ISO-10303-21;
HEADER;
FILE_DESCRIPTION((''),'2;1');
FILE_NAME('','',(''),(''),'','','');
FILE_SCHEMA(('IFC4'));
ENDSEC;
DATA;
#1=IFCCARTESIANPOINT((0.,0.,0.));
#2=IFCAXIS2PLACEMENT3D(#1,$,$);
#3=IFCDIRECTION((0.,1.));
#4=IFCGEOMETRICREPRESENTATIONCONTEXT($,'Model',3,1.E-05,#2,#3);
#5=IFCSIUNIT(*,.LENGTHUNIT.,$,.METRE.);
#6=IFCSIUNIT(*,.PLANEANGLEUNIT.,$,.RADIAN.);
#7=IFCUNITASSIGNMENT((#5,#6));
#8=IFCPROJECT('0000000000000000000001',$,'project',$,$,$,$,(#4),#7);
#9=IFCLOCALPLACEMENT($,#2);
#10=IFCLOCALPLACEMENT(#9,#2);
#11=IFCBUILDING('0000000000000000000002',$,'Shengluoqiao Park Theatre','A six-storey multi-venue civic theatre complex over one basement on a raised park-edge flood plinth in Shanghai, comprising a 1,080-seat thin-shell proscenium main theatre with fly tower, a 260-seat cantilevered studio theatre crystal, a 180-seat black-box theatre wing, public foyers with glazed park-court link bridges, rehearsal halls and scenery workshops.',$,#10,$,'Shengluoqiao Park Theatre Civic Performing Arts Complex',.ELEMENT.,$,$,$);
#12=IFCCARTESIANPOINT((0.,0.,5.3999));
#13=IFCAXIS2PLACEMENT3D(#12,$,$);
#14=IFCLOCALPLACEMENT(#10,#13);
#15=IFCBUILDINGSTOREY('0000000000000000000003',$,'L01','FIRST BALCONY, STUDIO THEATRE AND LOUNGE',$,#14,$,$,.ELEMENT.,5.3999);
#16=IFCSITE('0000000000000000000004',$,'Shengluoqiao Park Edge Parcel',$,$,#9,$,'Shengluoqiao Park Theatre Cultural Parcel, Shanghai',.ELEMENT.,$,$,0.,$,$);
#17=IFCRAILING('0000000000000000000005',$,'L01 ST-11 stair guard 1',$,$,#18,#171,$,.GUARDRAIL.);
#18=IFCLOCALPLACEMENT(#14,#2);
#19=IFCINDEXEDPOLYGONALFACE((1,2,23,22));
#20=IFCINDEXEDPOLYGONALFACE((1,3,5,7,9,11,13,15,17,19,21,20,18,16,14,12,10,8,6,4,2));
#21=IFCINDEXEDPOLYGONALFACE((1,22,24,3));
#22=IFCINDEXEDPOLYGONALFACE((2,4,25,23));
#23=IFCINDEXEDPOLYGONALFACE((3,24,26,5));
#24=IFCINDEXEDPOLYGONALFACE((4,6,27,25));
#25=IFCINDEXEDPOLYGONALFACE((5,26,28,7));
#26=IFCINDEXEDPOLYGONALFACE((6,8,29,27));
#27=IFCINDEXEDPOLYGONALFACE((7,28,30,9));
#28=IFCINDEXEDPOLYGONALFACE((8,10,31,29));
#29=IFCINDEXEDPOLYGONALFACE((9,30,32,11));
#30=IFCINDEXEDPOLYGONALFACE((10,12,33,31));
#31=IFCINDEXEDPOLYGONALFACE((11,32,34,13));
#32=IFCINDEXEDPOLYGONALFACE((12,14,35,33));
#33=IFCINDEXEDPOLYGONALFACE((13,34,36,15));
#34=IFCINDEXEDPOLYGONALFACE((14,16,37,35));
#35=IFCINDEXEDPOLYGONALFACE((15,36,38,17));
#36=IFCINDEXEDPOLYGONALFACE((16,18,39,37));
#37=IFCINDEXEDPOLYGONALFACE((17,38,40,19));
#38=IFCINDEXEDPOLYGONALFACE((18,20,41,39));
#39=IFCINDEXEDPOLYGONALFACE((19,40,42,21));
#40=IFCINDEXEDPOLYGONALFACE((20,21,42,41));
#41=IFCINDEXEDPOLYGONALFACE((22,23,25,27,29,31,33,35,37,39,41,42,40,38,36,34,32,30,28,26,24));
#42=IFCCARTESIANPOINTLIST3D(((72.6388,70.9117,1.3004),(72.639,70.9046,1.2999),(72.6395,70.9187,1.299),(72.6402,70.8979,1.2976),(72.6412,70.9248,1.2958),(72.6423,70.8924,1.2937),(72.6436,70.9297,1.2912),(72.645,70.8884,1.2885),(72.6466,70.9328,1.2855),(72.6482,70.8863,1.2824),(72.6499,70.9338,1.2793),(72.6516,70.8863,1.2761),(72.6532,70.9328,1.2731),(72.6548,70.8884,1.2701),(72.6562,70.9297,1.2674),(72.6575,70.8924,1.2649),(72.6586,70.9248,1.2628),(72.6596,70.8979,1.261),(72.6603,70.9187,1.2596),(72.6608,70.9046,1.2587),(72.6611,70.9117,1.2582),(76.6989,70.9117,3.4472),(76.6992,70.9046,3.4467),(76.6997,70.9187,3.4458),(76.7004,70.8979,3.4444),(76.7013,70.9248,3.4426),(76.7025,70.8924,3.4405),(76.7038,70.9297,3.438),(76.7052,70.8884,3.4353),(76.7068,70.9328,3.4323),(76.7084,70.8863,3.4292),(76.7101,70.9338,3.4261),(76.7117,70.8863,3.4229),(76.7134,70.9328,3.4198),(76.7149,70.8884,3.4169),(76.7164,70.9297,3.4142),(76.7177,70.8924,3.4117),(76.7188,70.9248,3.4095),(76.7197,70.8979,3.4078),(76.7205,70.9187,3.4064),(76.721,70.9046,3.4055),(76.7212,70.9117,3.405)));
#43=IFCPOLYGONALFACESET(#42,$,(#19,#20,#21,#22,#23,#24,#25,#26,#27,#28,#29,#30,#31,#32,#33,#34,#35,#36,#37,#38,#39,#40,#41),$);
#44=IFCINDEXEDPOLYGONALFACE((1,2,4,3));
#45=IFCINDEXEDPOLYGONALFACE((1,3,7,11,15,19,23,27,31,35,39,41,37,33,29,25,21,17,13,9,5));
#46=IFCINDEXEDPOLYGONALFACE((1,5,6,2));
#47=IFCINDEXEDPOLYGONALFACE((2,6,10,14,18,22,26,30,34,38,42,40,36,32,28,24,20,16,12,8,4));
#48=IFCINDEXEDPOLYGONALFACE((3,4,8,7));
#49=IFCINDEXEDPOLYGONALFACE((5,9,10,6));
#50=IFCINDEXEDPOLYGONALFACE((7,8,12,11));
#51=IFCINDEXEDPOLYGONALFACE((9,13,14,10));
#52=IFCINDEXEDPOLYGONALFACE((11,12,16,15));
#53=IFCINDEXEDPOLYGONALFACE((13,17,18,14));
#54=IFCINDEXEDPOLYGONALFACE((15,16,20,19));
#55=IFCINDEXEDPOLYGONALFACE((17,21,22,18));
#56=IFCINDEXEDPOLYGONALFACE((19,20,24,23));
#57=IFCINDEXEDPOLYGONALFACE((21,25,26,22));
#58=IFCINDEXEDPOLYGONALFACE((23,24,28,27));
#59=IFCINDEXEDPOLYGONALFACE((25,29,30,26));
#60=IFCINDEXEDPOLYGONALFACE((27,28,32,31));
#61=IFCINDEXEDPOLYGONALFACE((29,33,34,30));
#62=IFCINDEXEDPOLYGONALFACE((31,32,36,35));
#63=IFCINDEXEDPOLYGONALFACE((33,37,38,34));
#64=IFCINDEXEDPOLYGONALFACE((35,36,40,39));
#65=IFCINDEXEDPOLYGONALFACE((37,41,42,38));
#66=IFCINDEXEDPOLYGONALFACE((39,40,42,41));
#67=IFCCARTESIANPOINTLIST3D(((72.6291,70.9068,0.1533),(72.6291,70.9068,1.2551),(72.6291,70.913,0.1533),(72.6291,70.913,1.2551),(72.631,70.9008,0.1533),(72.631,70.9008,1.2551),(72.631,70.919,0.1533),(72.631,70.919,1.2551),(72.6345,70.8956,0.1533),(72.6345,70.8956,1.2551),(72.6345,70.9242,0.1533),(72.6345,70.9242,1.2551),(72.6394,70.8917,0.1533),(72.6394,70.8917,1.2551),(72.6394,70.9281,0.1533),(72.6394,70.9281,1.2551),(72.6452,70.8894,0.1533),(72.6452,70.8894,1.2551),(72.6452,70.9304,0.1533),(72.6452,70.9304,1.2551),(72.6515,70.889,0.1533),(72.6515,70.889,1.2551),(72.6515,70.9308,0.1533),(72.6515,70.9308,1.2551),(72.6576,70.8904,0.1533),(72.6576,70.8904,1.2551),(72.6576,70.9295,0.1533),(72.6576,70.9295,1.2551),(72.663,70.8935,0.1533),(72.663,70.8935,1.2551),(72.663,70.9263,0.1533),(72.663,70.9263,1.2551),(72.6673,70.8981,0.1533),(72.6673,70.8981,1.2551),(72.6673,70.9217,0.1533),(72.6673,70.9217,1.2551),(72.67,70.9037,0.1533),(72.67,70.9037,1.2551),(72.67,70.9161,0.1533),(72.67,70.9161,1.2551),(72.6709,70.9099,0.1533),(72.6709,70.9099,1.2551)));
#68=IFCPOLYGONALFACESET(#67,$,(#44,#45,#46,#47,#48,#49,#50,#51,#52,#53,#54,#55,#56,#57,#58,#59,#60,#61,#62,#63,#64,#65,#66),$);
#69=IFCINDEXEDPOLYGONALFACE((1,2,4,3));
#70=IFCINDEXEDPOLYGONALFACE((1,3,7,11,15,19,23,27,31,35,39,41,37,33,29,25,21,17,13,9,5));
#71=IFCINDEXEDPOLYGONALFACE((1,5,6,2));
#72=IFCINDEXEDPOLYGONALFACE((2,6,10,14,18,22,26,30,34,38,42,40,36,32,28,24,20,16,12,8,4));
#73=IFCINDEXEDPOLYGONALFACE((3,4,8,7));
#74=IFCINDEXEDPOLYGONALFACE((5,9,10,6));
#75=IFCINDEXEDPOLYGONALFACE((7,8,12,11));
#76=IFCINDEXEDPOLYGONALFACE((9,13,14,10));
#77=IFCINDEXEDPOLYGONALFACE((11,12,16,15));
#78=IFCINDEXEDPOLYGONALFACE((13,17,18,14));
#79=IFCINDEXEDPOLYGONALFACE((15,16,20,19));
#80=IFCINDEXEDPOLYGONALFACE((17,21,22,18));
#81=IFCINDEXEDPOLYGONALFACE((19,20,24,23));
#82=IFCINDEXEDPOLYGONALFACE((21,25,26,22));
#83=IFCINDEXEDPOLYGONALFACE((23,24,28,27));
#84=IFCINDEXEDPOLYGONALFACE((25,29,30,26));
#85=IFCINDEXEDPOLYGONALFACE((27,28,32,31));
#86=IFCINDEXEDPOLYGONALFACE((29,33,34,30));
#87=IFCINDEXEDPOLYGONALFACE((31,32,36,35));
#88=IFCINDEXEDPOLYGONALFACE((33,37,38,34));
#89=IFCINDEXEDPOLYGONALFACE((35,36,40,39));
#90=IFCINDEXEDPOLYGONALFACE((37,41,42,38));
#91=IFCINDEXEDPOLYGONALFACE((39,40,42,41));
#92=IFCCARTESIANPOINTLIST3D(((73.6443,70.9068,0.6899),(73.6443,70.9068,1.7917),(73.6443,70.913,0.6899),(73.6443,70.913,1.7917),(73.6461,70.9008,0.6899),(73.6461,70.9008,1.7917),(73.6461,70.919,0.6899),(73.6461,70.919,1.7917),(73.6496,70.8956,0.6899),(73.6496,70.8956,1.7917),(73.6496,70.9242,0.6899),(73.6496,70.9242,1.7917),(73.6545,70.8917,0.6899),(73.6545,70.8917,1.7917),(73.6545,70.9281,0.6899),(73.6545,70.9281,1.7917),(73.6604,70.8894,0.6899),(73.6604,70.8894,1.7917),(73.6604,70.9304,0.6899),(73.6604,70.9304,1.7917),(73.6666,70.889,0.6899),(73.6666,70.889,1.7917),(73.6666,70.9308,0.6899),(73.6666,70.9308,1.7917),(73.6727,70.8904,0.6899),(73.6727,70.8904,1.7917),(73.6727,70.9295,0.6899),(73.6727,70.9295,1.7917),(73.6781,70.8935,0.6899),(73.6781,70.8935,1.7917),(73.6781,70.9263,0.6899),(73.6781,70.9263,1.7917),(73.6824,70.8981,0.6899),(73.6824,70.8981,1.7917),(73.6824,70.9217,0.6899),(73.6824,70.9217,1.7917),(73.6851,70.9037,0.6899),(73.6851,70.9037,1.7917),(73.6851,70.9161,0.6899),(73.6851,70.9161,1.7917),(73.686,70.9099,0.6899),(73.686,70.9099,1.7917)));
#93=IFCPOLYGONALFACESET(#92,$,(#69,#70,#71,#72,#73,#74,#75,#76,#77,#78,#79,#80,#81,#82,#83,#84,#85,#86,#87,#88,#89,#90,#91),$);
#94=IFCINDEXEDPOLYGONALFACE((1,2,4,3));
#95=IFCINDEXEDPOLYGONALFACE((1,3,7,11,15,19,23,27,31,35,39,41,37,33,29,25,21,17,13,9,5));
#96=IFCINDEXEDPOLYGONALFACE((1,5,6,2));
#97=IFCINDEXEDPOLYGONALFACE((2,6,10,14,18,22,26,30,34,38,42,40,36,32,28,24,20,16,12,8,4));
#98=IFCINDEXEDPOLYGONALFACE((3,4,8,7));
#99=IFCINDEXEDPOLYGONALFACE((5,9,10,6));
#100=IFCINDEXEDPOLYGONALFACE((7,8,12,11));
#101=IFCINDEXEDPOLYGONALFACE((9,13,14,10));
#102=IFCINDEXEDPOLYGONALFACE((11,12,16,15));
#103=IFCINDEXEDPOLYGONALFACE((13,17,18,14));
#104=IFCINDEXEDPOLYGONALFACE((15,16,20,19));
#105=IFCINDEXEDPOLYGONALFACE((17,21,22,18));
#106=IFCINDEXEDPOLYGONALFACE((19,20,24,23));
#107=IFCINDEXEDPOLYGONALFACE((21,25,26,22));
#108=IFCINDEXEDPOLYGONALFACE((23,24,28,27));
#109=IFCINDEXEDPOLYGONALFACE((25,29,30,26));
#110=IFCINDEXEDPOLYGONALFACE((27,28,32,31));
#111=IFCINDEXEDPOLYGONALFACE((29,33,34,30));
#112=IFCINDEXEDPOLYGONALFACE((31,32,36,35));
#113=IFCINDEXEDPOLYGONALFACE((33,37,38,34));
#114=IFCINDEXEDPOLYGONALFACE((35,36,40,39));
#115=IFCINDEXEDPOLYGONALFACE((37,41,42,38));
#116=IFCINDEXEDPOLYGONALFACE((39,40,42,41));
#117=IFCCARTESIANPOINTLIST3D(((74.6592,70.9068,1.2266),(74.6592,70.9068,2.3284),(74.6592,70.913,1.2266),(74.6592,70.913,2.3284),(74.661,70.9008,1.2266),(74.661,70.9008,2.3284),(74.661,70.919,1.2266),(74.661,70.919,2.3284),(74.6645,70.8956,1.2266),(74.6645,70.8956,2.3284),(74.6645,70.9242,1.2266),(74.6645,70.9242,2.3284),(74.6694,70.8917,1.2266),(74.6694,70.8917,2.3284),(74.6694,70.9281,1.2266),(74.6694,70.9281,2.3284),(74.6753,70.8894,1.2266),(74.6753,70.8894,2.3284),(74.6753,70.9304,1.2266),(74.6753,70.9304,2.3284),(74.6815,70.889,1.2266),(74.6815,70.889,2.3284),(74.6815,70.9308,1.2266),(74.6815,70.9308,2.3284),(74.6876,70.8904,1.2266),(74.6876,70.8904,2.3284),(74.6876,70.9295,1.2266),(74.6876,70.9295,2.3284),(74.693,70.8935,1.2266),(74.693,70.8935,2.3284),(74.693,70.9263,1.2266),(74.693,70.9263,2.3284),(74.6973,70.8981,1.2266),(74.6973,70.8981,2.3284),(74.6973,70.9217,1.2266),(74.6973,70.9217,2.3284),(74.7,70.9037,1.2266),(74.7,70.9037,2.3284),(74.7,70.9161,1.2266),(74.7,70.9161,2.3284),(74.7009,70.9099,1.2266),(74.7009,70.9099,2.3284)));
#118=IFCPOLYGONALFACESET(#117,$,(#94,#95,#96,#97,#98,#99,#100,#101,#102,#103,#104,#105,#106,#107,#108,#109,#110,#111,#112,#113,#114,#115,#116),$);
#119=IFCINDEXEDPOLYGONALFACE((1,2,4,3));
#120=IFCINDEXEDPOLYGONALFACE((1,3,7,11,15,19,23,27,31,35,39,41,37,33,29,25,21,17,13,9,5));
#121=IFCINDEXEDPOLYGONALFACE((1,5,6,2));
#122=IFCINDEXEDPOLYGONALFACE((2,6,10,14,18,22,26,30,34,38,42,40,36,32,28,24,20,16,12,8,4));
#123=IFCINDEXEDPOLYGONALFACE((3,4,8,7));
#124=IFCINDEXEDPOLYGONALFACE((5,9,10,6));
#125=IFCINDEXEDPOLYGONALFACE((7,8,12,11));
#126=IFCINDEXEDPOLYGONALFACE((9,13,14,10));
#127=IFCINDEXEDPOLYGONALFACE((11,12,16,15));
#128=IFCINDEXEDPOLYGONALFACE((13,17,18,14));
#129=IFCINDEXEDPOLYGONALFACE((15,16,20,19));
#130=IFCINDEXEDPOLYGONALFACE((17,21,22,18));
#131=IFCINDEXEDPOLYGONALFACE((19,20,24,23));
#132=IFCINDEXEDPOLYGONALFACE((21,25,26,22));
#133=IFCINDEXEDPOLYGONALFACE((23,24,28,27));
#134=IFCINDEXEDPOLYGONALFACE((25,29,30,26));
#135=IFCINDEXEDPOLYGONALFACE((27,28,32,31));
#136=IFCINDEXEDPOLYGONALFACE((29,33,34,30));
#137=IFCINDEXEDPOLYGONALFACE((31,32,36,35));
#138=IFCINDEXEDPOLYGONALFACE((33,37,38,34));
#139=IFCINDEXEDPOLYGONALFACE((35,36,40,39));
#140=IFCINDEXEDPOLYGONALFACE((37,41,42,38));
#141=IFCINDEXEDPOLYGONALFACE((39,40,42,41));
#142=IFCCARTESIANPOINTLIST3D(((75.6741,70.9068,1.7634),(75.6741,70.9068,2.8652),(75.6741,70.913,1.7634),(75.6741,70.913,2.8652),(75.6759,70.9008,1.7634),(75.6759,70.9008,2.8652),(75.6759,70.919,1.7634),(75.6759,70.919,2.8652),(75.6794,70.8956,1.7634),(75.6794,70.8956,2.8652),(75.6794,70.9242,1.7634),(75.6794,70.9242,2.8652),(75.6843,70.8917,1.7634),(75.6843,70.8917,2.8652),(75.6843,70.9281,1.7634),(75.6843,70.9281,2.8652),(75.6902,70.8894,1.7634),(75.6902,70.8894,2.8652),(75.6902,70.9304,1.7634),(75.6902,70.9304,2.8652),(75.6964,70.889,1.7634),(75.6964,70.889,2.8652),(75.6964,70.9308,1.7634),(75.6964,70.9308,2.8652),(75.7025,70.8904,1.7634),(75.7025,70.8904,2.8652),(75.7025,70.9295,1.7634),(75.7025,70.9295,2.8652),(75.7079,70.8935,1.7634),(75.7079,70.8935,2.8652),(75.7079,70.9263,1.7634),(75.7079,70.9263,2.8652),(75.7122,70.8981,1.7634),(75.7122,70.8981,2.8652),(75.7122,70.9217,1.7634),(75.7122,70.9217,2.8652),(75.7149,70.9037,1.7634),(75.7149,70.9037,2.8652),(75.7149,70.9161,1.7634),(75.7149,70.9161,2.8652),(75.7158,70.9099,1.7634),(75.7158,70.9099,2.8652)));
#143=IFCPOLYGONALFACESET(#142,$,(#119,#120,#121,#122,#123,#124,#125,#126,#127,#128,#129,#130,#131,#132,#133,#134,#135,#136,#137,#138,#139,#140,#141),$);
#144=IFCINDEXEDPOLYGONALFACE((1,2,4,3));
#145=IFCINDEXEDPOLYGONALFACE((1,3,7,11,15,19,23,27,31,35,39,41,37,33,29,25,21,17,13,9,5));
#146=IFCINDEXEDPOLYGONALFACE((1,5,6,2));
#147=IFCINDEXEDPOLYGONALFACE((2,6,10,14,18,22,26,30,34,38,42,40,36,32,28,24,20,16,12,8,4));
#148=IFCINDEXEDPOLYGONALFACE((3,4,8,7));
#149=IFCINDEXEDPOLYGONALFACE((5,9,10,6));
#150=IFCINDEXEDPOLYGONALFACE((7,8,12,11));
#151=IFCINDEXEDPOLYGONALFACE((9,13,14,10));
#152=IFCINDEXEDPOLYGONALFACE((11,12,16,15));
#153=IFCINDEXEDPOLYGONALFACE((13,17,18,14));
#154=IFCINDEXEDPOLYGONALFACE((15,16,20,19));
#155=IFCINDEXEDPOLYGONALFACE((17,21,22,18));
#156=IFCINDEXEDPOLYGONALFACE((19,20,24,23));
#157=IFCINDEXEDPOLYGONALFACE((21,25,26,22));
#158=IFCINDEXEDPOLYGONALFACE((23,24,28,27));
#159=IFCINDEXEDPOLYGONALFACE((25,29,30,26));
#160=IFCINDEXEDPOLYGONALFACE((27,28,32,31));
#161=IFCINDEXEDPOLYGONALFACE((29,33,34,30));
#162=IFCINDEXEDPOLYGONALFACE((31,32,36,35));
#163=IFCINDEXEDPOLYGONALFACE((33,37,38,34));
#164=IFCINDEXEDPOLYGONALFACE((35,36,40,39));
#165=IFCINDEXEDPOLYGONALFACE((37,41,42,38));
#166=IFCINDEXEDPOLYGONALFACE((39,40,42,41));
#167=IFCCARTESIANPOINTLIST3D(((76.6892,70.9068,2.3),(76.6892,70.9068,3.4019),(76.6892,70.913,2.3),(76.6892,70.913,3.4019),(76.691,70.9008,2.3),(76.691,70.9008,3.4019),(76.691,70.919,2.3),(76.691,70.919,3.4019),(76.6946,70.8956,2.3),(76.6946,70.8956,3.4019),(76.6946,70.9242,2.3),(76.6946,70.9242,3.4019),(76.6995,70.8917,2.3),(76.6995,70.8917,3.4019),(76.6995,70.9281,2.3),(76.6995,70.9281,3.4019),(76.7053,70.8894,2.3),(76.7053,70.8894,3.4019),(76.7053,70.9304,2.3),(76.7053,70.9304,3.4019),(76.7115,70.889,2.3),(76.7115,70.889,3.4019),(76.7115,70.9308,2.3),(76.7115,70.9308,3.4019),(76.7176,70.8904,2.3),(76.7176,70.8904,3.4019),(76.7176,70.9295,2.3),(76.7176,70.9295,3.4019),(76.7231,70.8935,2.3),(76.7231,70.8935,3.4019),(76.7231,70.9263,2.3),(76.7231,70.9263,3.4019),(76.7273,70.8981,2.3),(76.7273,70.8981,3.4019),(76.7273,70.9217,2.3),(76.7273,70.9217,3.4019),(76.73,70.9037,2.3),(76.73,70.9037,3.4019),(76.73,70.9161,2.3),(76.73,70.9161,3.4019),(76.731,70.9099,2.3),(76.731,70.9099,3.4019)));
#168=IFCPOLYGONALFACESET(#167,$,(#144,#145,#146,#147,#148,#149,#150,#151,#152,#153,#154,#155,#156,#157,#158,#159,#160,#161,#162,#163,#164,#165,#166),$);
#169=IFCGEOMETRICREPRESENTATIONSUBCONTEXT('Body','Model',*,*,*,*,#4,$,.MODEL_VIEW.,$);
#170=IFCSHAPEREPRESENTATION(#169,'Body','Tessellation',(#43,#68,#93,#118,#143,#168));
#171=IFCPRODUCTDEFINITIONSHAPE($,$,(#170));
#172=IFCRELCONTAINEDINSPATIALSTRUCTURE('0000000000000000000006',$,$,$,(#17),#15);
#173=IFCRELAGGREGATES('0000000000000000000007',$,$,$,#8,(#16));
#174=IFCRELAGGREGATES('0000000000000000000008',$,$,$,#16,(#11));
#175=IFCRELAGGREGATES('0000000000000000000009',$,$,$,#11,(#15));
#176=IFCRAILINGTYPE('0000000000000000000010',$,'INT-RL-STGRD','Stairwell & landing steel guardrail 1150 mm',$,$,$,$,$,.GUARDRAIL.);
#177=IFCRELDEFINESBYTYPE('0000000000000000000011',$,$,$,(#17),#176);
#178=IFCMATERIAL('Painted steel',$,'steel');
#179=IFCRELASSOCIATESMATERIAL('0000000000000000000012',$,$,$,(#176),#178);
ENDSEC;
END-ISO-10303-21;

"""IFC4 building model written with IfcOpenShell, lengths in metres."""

from ifc_helpers import new_model, si_unit, direction, frame, origin, origin_2d, place, context, subcontext, project, spatial, circle, extrude, material, type_object, element, save


model = new_model("IFC4")

# Units and contexts
model_context = context("Model", 3, precision=1e-05, world=origin(), true_north=direction((0.0, 1.0)))
body_context = subcontext(model_context, "Body", "Model", "MODEL_VIEW")
ifc_project = project(units=[si_unit("LENGTHUNIT", "METRE"), si_unit("PLANEANGLEUNIT", "RADIAN")], contexts=[model_context])

# Site, building, storey
site_placement = place(None, origin())
site = spatial("IfcSite", under=ifc_project, at=site_placement, Name="Shengluoqiao Park Edge Parcel", LongName="Shengluoqiao Park Theatre Cultural Parcel, Shanghai", CompositionType="ELEMENT", RefElevation=0.0)
building_placement = place(site_placement, origin())
building = spatial("IfcBuilding", under=site, at=building_placement, Name="Shengluoqiao Park Theatre", Description="A six-storey multi-venue civic theatre complex over one basement on a raised park-edge flood plinth in Shanghai, comprising a 1,080-seat thin-shell proscenium main theatre with fly tower, a 260-seat cantilevered studio theatre crystal, a 180-seat black-box theatre wing, public foyers with glazed park-court link bridges, rehearsal halls and scenery workshops.", LongName="Shengluoqiao Park Theatre Civic Performing Arts Complex", CompositionType="ELEMENT")
storey_placement = place(building_placement, frame((0.0, 0.0, 5.3999)))
storey = spatial("IfcBuildingStorey", under=building, at=storey_placement, Name="L01", Description="FIRST BALCONY, STUDIO THEATRE AND LOUNGE", CompositionType="ELEMENT", Elevation=5.3999)

# Railing
ifc_material_1 = material(Name="Painted steel", Category="steel")
railing_type_1 = type_object("IfcRailingType", Name="INT-RL-STGRD", Description="Stairwell & landing steel guardrail 1150 mm", PredefinedType="GUARDRAIL", material=ifc_material_1)
railing_1_placement = place(storey_placement, frame((72.6499, 70.9099, 0.1533)))
element("IfcRailing", 1, at=railing_1_placement, inside=storey, type_object=railing_type_1, Name="L01 ST-11 stair guard 1", PredefinedType="GUARDRAIL", context=body_context, shape_type="SweptSolid", body=[
    extrude(circle(Radius=0.0239, at=origin_2d()), frame((0.0, 0.0, 1.126), z_axis=(0.884032, 0.0, 0.467426), x_axis=(0.0, 1.0, 0.0)), (0.0, 0.0, 1.0), 4.5928),
    extrude(circle(Radius=0.021, at=origin_2d()), origin(), (0.0, 0.0, 1.0), 1.1018),
    extrude(circle(Radius=0.021, at=origin_2d()), frame((1.0151, 0.0, 0.5366)), (0.0, 0.0, 1.0), 1.1018),
    extrude(circle(Radius=0.021, at=origin_2d()), frame((2.03, 0.0, 1.0732)), (0.0, 0.0, 1.0), 1.1018),
    extrude(circle(Radius=0.021, at=origin_2d()), frame((3.0449, 0.0, 1.6101)), (0.0, 0.0, 1.0), 1.1018),
    extrude(circle(Radius=0.021, at=origin_2d()), frame((4.0601, 0.0, 2.1467)), (0.0, 0.0, 1.0), 1.1018),
])

save(model, "model.ifc")
